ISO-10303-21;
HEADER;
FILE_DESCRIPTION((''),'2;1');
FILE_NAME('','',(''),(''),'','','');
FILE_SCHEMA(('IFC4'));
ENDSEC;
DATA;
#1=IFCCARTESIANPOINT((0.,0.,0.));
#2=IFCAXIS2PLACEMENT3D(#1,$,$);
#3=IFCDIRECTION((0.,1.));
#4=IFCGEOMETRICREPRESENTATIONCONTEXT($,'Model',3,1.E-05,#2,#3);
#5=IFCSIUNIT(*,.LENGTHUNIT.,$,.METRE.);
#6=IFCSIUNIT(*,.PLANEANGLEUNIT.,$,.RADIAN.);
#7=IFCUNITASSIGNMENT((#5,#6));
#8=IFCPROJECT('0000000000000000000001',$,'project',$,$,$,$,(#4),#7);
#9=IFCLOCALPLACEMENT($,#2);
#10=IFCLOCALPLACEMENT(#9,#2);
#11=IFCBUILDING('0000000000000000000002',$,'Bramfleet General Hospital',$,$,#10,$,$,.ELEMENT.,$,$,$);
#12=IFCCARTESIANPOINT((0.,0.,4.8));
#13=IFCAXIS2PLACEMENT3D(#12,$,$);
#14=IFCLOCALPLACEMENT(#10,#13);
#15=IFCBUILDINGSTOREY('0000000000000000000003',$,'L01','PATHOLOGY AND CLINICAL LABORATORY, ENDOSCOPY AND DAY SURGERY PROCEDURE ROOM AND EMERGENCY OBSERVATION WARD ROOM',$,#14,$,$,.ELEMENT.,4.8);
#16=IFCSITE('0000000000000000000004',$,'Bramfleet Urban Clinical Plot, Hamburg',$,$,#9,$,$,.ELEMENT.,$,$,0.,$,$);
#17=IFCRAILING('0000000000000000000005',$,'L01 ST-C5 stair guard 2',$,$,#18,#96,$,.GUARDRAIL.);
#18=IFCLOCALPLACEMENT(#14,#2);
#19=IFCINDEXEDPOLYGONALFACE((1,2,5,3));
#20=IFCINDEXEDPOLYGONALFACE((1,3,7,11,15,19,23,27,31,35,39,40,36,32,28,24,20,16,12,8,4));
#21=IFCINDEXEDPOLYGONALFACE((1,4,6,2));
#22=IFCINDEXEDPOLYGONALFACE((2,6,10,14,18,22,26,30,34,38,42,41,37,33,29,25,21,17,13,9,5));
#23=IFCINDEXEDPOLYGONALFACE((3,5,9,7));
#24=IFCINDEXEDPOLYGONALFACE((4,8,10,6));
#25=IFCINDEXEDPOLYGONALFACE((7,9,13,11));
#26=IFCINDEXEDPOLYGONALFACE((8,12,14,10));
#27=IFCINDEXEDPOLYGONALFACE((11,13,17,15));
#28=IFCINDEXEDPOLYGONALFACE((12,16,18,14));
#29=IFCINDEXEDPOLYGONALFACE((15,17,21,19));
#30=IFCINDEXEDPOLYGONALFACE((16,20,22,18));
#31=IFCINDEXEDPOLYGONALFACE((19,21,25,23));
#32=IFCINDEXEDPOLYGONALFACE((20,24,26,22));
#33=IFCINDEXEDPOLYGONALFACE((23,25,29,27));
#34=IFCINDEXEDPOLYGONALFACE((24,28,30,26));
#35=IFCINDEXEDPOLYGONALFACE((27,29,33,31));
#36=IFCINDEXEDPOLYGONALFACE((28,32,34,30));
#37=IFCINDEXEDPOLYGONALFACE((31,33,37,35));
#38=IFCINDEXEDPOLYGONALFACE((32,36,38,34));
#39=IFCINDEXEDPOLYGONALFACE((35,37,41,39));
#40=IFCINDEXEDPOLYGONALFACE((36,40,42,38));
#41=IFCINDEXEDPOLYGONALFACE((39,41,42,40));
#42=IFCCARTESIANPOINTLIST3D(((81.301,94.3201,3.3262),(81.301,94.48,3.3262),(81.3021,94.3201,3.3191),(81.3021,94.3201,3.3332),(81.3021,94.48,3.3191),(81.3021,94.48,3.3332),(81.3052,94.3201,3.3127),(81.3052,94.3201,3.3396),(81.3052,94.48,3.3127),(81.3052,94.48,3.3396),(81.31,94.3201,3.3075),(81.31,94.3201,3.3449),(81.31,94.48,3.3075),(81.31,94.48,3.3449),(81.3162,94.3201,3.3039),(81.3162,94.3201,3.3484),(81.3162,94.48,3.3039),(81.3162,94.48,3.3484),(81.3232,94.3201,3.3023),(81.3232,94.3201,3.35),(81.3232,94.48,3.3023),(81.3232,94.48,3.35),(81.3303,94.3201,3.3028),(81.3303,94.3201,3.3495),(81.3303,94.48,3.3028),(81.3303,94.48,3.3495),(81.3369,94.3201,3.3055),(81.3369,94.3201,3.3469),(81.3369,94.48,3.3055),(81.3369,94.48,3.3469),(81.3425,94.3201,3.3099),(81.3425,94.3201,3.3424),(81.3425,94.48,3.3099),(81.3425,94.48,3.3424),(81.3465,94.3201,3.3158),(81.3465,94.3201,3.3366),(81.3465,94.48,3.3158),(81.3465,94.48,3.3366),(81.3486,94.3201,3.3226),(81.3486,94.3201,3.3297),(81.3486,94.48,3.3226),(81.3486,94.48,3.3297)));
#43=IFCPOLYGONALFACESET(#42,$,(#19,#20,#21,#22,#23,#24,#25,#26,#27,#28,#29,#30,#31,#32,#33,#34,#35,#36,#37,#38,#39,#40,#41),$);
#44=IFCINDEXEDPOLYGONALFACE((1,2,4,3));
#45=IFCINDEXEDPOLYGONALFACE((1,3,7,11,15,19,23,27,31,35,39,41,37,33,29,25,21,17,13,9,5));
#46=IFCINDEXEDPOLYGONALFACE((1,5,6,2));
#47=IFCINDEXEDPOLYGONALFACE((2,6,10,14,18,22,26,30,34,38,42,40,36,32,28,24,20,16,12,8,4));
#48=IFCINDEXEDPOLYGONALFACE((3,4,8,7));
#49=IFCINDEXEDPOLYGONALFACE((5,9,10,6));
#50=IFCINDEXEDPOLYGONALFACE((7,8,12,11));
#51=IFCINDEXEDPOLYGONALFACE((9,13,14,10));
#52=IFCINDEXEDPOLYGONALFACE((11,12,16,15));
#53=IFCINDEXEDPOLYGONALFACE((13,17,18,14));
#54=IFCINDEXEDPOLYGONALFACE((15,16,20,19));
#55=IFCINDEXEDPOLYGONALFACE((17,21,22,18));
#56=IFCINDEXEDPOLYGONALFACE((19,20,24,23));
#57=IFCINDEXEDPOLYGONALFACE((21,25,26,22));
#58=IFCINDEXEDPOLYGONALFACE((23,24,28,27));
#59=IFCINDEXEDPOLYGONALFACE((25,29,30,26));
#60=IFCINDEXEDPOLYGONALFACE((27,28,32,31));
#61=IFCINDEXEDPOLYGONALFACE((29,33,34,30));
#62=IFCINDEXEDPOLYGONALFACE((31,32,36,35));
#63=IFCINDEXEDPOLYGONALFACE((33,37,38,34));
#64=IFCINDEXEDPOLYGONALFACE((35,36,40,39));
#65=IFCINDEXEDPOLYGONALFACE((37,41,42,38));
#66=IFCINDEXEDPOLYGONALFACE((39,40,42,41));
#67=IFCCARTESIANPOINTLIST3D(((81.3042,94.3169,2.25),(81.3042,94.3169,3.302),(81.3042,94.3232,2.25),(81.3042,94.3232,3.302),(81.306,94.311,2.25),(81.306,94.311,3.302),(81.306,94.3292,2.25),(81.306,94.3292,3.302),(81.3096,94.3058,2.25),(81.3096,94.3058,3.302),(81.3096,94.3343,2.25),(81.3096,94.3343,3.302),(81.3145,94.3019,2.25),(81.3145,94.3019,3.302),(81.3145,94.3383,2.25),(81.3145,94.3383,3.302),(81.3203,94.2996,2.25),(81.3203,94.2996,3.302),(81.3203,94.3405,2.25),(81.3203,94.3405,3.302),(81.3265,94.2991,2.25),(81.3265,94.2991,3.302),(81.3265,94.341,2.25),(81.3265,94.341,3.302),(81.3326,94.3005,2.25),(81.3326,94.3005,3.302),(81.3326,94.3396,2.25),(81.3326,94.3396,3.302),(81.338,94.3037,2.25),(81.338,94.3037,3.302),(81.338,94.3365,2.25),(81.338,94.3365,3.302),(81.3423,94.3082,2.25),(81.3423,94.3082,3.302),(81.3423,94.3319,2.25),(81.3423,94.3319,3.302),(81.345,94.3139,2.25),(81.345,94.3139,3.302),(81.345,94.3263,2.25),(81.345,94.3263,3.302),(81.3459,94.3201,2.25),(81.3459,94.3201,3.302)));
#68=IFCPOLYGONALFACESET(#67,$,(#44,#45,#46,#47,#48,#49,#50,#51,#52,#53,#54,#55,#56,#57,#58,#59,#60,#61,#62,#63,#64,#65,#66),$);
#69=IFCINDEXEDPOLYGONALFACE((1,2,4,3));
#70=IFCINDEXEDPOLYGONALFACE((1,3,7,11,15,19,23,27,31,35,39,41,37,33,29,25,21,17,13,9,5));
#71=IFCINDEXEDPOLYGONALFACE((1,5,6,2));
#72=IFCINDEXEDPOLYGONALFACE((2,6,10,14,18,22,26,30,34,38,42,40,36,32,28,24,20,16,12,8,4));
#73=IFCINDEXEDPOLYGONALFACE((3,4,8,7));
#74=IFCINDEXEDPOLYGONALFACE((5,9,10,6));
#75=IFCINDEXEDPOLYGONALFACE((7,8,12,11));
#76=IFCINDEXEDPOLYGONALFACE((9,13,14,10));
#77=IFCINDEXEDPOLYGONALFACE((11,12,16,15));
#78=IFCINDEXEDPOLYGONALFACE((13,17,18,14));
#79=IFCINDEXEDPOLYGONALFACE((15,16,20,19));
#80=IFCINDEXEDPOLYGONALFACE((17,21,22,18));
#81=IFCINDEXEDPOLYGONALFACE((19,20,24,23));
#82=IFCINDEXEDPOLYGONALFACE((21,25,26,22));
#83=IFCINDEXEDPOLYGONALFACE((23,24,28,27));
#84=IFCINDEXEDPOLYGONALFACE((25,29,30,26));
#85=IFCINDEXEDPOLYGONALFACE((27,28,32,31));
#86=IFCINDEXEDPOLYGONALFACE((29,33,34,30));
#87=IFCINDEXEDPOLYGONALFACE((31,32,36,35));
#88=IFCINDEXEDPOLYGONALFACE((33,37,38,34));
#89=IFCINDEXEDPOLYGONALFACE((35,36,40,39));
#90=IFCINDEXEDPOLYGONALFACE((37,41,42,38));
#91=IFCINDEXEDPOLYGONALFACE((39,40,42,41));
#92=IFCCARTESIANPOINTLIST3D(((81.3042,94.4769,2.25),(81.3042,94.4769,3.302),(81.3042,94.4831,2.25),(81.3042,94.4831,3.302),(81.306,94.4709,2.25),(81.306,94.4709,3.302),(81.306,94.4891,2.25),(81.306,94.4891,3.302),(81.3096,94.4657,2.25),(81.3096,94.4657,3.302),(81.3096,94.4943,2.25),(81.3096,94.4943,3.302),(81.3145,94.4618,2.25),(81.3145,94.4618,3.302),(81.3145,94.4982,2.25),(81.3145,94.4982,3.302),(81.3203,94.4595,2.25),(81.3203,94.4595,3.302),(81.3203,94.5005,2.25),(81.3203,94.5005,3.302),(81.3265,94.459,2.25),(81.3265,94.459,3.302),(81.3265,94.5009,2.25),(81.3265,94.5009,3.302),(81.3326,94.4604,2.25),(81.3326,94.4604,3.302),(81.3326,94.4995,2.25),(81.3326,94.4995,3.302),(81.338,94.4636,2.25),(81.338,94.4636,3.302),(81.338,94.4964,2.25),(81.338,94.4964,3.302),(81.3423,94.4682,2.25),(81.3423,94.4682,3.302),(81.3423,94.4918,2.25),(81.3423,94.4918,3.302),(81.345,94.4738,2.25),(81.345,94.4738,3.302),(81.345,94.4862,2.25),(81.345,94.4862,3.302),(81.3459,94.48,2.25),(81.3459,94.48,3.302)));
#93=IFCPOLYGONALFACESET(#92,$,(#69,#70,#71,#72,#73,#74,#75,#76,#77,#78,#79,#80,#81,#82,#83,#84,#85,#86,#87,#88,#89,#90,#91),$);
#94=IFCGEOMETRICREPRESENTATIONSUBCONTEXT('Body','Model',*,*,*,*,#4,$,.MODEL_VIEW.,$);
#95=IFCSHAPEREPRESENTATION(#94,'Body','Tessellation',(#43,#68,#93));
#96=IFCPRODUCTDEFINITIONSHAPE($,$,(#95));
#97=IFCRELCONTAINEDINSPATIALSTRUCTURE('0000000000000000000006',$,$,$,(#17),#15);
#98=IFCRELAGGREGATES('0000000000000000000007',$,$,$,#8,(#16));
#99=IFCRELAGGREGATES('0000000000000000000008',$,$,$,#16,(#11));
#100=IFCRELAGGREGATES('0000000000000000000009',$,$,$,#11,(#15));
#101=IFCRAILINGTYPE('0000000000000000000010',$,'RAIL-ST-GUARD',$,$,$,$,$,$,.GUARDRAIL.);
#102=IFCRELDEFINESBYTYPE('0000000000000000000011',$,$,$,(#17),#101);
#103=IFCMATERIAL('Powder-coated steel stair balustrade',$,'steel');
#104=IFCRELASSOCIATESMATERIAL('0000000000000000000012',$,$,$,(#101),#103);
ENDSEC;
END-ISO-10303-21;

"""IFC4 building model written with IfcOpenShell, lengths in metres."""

from ifc_helpers import new_model, si_unit, direction, frame, origin, origin_2d, place, context, subcontext, project, spatial, circle, extrude, material, type_object, element, save


model = new_model("IFC4")

# Units and contexts
model_context = context("Model", 3, precision=1e-05, world=origin(), true_north=direction((0.0, 1.0)))
body_context = subcontext(model_context, "Body", "Model", "MODEL_VIEW")
ifc_project = project(units=[si_unit("LENGTHUNIT", "METRE"), si_unit("PLANEANGLEUNIT", "RADIAN")], contexts=[model_context])

# Site, building, storey
site_placement = place(None, origin())
site = spatial("IfcSite", under=ifc_project, at=site_placement, Name="Bramfleet Urban Clinical Plot, Hamburg", CompositionType="ELEMENT", RefElevation=0.0)
building_placement = place(site_placement, origin())
building = spatial("IfcBuilding", under=site, at=building_placement, Name="Bramfleet General Hospital", CompositionType="ELEMENT")
storey_placement = place(building_placement, frame((0.0, 0.0, 4.8)))
storey = spatial("IfcBuildingStorey", under=building, at=storey_placement, Name="L01", Description="PATHOLOGY AND CLINICAL LABORATORY, ENDOSCOPY AND DAY SURGERY PROCEDURE ROOM AND EMERGENCY OBSERVATION WARD ROOM", CompositionType="ELEMENT", Elevation=4.8)

# Railing
ifc_material_1 = material(Name="Powder-coated steel stair balustrade", Category="steel")
railing_type_1 = type_object("IfcRailingType", Name="RAIL-ST-GUARD", PredefinedType="GUARDRAIL", material=ifc_material_1)
railing_1_placement = place(storey_placement, frame((81.325, 94.3201, 2.25)))
element("IfcRailing", 1, at=railing_1_placement, inside=storey, type_object=railing_type_1, Name="L01 ST-C5 stair guard 2", PredefinedType="GUARDRAIL", context=body_context, shape_type="SweptSolid", body=[
    extrude(circle(Radius=0.0239, at=origin_2d()), frame((0.0, 0.0, 1.0762), z_axis=(0.0, 1.0, 0.0), x_axis=(-1.0, 0.0, 0.0)), (0.0, 0.0, 1.0), 0.1599),
    extrude(circle(Radius=0.021, at=origin_2d()), origin(), (0.0, 0.0, 1.0), 1.052),
    extrude(circle(Radius=0.021, at=origin_2d()), frame((0.0, 0.1599, 0.0)), (0.0, 0.0, 1.0), 1.052),
])

save(model, "model.ifc")
